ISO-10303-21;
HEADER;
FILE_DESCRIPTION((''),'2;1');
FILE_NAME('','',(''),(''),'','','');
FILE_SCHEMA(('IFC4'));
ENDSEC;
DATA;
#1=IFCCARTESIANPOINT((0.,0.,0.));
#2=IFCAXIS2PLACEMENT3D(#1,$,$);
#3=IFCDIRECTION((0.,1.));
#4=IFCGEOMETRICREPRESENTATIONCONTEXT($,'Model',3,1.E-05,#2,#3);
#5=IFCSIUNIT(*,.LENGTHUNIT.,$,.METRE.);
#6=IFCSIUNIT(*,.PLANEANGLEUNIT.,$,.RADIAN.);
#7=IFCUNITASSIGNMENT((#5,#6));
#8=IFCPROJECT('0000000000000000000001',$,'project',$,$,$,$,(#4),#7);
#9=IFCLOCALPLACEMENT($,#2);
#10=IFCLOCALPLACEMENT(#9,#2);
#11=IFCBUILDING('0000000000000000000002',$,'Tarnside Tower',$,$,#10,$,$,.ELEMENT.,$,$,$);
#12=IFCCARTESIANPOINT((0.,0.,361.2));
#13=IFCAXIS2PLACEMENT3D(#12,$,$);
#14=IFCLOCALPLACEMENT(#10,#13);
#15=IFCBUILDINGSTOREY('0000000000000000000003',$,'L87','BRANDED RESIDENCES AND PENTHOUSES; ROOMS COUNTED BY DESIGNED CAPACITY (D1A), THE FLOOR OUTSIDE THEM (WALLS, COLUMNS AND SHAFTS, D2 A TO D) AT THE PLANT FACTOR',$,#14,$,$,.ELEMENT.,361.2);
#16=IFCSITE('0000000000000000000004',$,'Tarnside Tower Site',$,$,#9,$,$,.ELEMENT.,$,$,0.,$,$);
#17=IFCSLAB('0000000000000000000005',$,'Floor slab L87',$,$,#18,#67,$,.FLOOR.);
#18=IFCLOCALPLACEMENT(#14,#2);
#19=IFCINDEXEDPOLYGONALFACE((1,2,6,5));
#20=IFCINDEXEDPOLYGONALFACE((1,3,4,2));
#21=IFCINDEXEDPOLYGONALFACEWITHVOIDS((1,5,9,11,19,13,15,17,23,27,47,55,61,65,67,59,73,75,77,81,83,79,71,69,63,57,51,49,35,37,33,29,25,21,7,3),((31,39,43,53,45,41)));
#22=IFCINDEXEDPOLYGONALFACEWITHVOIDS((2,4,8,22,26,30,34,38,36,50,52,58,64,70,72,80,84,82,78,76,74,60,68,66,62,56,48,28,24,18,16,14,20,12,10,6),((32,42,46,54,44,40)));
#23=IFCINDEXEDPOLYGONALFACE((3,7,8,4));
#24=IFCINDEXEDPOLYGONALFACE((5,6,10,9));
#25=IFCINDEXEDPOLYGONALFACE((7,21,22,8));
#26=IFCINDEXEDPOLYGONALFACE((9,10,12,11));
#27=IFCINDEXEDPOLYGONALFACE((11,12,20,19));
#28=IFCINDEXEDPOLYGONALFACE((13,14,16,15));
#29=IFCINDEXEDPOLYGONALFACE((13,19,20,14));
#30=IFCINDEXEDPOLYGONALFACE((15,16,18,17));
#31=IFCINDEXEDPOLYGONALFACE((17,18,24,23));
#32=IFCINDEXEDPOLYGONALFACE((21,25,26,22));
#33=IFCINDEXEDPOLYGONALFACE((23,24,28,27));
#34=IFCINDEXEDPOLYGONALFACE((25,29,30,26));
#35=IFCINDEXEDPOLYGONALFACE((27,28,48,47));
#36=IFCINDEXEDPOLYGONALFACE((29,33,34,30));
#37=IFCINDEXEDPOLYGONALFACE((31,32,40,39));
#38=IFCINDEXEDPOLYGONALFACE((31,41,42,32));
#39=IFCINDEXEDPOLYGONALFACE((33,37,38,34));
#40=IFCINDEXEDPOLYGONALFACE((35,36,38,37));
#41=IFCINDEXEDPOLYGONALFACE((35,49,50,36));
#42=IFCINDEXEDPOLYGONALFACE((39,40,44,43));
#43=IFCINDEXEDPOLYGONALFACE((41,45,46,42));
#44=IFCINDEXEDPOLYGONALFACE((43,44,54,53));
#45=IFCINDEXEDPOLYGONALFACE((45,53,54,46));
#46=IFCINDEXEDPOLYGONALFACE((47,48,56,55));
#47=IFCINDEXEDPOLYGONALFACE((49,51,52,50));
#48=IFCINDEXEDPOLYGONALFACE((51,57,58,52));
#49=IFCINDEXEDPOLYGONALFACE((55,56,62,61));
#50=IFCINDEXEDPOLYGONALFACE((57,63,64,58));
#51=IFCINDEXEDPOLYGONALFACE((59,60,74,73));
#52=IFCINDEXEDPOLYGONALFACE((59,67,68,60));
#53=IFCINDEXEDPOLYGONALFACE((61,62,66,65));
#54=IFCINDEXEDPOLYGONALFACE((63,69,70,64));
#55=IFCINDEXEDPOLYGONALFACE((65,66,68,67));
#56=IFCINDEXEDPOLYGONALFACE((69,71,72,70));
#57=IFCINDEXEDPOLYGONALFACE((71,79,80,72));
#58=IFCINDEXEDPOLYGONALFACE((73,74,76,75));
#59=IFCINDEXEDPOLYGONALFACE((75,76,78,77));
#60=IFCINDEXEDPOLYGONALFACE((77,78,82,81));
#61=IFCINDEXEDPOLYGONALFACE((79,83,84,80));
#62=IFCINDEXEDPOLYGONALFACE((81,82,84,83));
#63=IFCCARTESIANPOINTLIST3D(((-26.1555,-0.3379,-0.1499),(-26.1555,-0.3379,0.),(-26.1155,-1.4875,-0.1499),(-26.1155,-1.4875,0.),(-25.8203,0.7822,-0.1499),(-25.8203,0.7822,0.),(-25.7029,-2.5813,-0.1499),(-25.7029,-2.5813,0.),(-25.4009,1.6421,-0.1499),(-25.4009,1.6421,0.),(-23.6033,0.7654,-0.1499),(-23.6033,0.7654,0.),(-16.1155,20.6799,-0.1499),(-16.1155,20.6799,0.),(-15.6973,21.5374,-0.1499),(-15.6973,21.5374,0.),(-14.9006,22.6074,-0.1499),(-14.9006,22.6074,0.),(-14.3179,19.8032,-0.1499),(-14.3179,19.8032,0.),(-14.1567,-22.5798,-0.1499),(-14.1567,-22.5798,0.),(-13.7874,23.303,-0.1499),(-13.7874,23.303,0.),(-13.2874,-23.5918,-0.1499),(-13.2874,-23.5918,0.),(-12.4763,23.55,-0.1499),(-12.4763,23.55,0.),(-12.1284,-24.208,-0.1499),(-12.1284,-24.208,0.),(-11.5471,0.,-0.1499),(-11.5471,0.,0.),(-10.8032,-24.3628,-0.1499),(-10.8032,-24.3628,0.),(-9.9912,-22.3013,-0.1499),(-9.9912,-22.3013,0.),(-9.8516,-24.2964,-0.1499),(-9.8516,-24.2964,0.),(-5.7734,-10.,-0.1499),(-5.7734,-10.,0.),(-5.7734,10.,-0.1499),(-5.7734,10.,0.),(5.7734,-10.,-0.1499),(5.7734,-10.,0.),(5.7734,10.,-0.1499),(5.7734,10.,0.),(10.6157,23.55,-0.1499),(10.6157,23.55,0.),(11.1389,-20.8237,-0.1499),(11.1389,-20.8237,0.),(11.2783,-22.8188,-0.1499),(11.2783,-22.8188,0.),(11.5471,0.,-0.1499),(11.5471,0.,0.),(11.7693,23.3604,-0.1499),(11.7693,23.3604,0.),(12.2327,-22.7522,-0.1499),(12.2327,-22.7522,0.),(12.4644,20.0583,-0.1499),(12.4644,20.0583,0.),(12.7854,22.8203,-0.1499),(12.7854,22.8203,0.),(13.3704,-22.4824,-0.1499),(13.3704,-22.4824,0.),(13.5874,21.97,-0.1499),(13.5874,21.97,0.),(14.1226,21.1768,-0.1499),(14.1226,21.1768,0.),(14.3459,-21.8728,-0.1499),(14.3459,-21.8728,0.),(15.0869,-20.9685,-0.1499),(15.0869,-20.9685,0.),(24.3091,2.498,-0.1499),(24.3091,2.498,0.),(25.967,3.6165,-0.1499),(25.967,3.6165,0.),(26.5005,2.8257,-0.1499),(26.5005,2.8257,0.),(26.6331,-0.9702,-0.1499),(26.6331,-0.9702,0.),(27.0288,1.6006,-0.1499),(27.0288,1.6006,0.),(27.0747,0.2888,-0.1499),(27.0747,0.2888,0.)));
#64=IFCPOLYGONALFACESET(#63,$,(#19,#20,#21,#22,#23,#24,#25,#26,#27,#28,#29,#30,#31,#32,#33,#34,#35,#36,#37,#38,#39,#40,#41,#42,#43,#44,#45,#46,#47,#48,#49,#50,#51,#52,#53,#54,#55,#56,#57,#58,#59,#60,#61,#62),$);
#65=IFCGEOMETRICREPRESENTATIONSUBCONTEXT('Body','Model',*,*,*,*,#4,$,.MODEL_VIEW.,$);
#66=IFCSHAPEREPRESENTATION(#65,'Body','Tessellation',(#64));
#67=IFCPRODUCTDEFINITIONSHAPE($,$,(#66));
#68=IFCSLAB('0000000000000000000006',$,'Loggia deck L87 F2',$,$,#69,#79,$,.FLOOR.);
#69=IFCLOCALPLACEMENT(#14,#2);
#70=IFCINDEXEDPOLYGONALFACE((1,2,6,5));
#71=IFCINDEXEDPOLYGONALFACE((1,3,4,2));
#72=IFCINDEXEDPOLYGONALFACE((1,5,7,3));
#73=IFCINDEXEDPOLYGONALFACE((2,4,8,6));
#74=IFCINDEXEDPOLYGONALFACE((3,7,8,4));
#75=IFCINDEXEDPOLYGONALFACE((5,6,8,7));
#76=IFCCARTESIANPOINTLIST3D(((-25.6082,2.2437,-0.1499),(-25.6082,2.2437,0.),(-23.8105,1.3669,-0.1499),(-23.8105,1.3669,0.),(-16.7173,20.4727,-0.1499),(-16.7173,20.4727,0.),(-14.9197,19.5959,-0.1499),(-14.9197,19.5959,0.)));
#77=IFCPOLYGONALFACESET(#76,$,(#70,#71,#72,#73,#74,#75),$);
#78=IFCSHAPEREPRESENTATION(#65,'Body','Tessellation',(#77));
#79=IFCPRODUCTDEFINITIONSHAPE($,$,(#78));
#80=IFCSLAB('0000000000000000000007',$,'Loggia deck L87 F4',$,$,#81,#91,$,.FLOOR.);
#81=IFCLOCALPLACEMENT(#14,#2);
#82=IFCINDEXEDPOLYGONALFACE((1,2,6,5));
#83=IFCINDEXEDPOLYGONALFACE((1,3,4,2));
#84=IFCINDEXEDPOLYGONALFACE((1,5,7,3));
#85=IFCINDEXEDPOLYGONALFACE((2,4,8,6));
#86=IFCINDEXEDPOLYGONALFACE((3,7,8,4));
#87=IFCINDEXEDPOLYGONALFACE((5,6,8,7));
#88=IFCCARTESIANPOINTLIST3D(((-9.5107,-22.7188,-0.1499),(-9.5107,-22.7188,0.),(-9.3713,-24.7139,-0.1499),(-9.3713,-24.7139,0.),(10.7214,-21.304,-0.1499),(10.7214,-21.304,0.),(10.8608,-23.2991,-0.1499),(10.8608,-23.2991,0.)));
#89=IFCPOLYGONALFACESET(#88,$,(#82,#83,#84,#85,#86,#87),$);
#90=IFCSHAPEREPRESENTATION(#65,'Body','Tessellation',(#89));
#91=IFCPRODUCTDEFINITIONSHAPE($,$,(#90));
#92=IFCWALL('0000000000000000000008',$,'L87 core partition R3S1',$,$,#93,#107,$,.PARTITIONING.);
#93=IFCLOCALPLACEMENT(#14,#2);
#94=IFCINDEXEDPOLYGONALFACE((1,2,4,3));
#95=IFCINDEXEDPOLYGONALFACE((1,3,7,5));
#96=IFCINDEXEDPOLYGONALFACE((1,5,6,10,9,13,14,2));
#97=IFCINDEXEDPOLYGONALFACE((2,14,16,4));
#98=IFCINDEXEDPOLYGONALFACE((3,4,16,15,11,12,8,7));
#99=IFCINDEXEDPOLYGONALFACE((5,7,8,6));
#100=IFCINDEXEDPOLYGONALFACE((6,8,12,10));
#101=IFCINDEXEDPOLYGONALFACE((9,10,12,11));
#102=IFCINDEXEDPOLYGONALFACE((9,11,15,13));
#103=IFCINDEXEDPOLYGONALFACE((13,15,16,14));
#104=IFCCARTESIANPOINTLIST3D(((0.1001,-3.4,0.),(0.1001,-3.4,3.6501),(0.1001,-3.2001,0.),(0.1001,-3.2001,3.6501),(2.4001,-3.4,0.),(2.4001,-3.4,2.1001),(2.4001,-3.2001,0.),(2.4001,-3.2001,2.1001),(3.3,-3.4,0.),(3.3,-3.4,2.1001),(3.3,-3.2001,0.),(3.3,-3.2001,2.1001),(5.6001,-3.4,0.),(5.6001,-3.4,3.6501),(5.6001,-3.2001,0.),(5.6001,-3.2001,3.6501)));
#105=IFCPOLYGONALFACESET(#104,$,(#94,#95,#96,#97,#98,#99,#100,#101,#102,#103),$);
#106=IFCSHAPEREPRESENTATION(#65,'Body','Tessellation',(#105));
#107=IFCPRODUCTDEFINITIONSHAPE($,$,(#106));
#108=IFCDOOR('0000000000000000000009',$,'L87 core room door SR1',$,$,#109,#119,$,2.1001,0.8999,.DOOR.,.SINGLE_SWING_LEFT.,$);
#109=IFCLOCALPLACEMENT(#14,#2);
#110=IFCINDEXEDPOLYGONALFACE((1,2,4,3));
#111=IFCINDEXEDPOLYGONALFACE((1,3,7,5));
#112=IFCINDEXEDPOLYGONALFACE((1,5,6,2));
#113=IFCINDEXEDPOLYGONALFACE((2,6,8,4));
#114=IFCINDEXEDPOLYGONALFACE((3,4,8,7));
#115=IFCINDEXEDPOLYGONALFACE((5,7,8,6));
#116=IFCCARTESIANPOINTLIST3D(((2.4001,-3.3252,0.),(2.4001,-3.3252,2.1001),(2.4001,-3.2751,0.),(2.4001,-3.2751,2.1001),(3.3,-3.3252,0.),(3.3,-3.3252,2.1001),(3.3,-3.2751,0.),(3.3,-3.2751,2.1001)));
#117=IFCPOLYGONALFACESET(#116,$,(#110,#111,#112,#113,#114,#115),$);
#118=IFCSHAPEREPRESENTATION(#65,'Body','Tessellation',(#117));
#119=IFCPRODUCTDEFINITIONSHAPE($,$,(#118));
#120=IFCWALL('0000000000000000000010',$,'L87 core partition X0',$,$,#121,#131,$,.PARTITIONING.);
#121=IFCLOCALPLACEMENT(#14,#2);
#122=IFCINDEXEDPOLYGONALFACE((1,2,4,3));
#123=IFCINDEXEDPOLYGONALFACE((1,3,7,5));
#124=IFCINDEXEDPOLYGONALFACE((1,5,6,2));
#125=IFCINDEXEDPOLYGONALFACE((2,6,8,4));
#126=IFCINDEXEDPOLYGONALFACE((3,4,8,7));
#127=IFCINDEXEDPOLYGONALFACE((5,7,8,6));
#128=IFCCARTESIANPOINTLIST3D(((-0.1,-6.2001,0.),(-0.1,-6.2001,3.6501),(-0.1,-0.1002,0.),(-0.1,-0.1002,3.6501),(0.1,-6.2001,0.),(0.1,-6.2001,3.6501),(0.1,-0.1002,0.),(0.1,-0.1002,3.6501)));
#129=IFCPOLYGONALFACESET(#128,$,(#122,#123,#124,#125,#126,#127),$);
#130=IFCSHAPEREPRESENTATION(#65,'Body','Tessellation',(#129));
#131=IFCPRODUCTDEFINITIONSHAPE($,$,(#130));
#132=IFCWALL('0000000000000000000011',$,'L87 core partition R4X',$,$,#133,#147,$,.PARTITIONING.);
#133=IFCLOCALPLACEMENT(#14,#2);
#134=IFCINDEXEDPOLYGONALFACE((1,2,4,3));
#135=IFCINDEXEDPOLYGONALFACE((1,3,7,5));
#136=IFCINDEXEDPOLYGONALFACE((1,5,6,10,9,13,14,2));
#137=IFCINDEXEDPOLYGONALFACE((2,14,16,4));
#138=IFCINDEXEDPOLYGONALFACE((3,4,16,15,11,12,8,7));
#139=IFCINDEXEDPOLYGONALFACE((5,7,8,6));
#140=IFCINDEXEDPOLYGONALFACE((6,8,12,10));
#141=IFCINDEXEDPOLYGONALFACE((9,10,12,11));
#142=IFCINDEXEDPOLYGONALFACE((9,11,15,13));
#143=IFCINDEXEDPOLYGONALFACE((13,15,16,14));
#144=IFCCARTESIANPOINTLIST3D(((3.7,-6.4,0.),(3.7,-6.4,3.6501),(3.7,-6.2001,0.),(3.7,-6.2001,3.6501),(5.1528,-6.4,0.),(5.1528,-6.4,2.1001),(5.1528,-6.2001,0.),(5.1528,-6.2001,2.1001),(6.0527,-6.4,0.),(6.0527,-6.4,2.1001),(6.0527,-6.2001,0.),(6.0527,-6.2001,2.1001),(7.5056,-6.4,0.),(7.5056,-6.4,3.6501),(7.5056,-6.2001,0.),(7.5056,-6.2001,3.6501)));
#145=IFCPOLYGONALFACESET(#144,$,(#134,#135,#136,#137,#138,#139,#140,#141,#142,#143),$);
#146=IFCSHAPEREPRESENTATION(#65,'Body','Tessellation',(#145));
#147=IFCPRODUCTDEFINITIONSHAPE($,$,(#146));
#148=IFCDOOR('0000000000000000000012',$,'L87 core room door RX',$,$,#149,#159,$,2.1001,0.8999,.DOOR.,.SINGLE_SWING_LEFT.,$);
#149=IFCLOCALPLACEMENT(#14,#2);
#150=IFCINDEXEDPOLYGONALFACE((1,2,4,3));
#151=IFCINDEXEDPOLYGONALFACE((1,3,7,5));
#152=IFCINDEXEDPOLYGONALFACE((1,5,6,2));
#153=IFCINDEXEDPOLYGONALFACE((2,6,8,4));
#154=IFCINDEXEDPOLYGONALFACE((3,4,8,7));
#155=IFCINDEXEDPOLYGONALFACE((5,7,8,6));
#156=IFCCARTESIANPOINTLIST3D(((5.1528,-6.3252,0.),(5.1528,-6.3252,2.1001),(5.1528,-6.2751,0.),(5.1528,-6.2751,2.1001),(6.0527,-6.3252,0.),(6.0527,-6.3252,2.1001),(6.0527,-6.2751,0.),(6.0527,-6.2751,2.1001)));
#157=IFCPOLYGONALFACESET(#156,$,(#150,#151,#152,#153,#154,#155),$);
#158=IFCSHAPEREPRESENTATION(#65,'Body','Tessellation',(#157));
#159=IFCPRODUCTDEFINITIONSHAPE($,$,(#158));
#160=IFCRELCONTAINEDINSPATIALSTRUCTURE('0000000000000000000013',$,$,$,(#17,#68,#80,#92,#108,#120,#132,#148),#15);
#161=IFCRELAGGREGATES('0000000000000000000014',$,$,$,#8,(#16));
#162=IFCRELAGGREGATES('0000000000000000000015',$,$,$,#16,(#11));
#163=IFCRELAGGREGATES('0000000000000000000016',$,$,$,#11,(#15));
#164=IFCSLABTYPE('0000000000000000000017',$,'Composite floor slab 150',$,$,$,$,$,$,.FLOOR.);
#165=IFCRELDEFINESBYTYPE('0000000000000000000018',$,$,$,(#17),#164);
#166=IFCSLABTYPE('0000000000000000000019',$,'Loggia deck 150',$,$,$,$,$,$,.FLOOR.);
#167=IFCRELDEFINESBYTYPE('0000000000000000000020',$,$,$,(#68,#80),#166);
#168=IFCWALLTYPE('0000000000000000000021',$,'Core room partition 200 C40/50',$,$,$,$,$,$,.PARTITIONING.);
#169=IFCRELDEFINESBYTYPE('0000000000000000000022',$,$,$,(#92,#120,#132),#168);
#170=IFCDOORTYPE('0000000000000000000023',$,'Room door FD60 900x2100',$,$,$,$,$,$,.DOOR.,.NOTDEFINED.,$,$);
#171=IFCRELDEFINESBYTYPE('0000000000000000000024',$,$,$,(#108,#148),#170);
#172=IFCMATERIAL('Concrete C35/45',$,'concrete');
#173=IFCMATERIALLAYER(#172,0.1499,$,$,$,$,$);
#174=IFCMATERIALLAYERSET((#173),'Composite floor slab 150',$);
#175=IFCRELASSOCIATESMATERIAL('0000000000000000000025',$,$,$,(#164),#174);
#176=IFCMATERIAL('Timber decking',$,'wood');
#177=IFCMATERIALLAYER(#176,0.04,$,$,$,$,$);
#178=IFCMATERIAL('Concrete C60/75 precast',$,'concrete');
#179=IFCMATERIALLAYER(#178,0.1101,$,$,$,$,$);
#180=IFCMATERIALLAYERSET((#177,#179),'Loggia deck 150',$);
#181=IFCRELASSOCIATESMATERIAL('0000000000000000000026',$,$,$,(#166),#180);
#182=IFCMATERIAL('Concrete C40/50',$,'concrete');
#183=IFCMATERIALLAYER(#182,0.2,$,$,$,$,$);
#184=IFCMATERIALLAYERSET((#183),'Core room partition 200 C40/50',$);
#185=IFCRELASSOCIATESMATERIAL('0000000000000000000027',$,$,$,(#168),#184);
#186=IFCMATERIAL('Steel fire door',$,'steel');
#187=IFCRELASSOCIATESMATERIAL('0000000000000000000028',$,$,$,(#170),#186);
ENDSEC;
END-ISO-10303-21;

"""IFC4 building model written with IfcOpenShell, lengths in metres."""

from ifc_helpers import new_model, si_unit, direction, frame, frame_2d, origin, place, context, subcontext, project, spatial, polyline, rectangle, outline, extrude, material, layer, layer_set, type_object, element, fill, save


model = new_model("IFC4")

# Units and contexts
model_context = context("Model", 3, precision=1e-05, world=origin(), true_north=direction((0.0, 1.0)))
body_context = subcontext(model_context, "Body", "Model", "MODEL_VIEW")
ifc_project = project(units=[si_unit("LENGTHUNIT", "METRE"), si_unit("PLANEANGLEUNIT", "RADIAN")], contexts=[model_context])

# Site, building, storey
site_placement = place(None, origin())
site = spatial("IfcSite", under=ifc_project, at=site_placement, Name="Tarnside Tower Site", CompositionType="ELEMENT", RefElevation=0.0)
building_placement = place(site_placement, origin())
building = spatial("IfcBuilding", under=site, at=building_placement, Name="Tarnside Tower", CompositionType="ELEMENT")
storey_placement = place(building_placement, frame((0.0, 0.0, 361.2)))
storey = spatial("IfcBuildingStorey", under=building, at=storey_placement, Name="L87", Description="BRANDED RESIDENCES AND PENTHOUSES; ROOMS COUNTED BY DESIGNED CAPACITY (D1A), THE FLOOR OUTSIDE THEM (WALLS, COLUMNS AND SHAFTS, D2 A TO D) AT THE PLANT FACTOR", CompositionType="ELEMENT", Elevation=361.2)

# Slabs
ifc_material_1 = material(Name="Concrete C35/45", Category="concrete")
ifc_layer_1 = layer(ifc_material_1, 0.1499)
ifc_layer_set_1 = layer_set([ifc_layer_1], Name="Composite floor slab 150")
slab_type_1 = type_object("IfcSlabType", Name="Composite floor slab 150", PredefinedType="FLOOR", material=ifc_layer_set_1)
slab_1_placement = place(storey_placement, frame((0.0, 0.0, -0.1499)))
element("IfcSlab", 1, at=slab_1_placement, inside=storey, type_object=slab_type_1, Name="Floor slab L87", PredefinedType="FLOOR", context=body_context, shape_type="SweptSolid", body=[
    extrude(outline(polyline([(11.7693, 23.3604), (12.7854, 22.8203), (13.5874, 21.97), (14.1226, 21.1768), (12.4644, 20.0583), (24.3091, 2.498), (25.967, 3.6165), (26.5005, 2.8257), (27.0288, 1.6006), (27.0747, 0.2888), (26.6331, -0.9702), (15.0869, -20.9685), (14.3459, -21.8728), (13.3704, -22.4824), (12.2327, -22.7522), (11.2783, -22.8188), (11.1389, -20.8237), (-9.9912, -22.3013), (-9.8516, -24.2964), (-10.8032, -24.3628), (-12.1284, -24.208), (-13.2874, -23.5918), (-14.1567, -22.5798), (-25.7029, -2.5813), (-26.1155, -1.4875), (-26.1555, -0.3379), (-25.8203, 0.7822), (-25.4009, 1.6421), (-23.6033, 0.7654), (-14.3179, 19.8032), (-16.1155, 20.6799), (-15.6973, 21.5374), (-14.9006, 22.6074), (-13.7874, 23.303), (-12.4763, 23.55), (10.6157, 23.55), (11.7693, 23.3604)]), holes=[polyline([(-11.5471, 0.0), (-5.7734, -10.0), (5.7734, -10.0), (11.5471, 0.0), (5.7734, 10.0), (-5.7734, 10.0), (-11.5471, 0.0)])]), origin(), (0.0, 0.0, 1.0), 0.1499),
])
ifc_material_2 = material(Name="Timber decking", Category="wood")
ifc_layer_2 = layer(ifc_material_2, 0.04)
ifc_material_3 = material(Name="Concrete C60/75 precast", Category="concrete")
ifc_layer_3 = layer(ifc_material_3, 0.1101)
ifc_layer_set_2 = layer_set([ifc_layer_2, ifc_layer_3], Name="Loggia deck 150")
slab_type_2 = type_object("IfcSlabType", Name="Loggia deck 150", PredefinedType="FLOOR", material=ifc_layer_set_2)
slab_2_placement = place(storey_placement, frame((0.0, 0.0, -0.1499)))
element("IfcSlab", 2, at=slab_2_placement, inside=storey, type_object=slab_type_2, Name="Loggia deck L87 F2", PredefinedType="FLOOR", context=body_context, shape_type="SweptSolid", body=[
    extrude(outline(polyline([(-14.9197, 19.5959), (-23.8105, 1.3669), (-25.6082, 2.2437), (-16.7173, 20.4727), (-14.9197, 19.5959)])), origin(), (0.0, 0.0, 1.0), 0.1499),
])
slab_3_placement = place(storey_placement, frame((0.0, 0.0, -0.1499)))
element("IfcSlab", 3, at=slab_3_placement, inside=storey, type_object=slab_type_2, Name="Loggia deck L87 F4", PredefinedType="FLOOR", context=body_context, shape_type="SweptSolid", body=[
    extrude(outline(polyline([(-9.5107, -22.7188), (10.7214, -21.304), (10.8608, -23.2991), (-9.3713, -24.7139), (-9.5107, -22.7188)])), origin(), (0.0, 0.0, 1.0), 0.1499),
])

# Wall, opening, door
ifc_material_4 = material(Name="Concrete C40/50", Category="concrete")
ifc_layer_4 = layer(ifc_material_4, 0.2)
ifc_layer_set_3 = layer_set([ifc_layer_4], Name="Core room partition 200 C40/50")
wall_type_1 = type_object("IfcWallType", Name="Core room partition 200 C40/50", PredefinedType="PARTITIONING", material=ifc_layer_set_3)
wall_1_placement = place(storey_placement, frame((0.1001, -3.3, 0.0), z_axis=(0.0, 0.0, 1.0), x_axis=(1.0, 0.0, 0.0)))
wall_1 = element("IfcWall", 4, at=wall_1_placement, inside=storey, type_object=wall_type_1, Name="L87 core partition R3S1", PredefinedType="PARTITIONING", context=body_context, shape_type="SweptSolid", body=[
    extrude(rectangle(XDim=5.5, YDim=0.2, at=frame_2d((2.75, 0.0))), origin(), (0.0, 0.0, 1.0), 3.6501),
])
opening_1_placement = place(wall_1_placement, frame((2.3, 0.0, 0.0)))
opening_1 = element("IfcOpeningElement", 5, at=opening_1_placement, cuts=wall_1, PredefinedType="OPENING", context=body_context, shape_type="SweptSolid", body=[
    extrude(rectangle(XDim=0.8999, YDim=2.1001, at=frame_2d((0.45, 1.05))), frame((0.0, 0.1099, 0.0), z_axis=(0.0, -1.0, 0.0), x_axis=(1.0, 0.0, 0.0)), (0.0, 0.0, 1.0), 0.22),
])
ifc_material_5 = material(Name="Steel fire door", Category="steel")
door_type_1 = type_object("IfcDoorType", Name="Room door FD60 900x2100", OperationType="NOTDEFINED", PredefinedType="DOOR", material=ifc_material_5)
door_1_placement = place(opening_1_placement, origin())
door_1 = element("IfcDoor", 6, at=door_1_placement, inside=storey, type_object=door_type_1, Name="L87 core room door SR1", OperationType="SINGLE_SWING_LEFT", OverallHeight=2.1001, OverallWidth=0.8999, PredefinedType="DOOR", context=body_context, shape_type="SweptSolid", body=[
    extrude(rectangle(XDim=0.8999, YDim=2.1001, at=frame_2d((0.45, 1.05))), frame((0.0, 0.0249, 0.0), z_axis=(0.0, -1.0, 0.0), x_axis=(1.0, 0.0, 0.0)), (0.0, 0.0, 1.0), 0.05),
])
fill(opening_1, door_1)

# Wall
wall_2_placement = place(storey_placement, frame((0.0, -6.2, 0.0), z_axis=(0.0, 0.0, 1.0), x_axis=(0.0, 1.0, 0.0)))
element("IfcWall", 7, at=wall_2_placement, inside=storey, type_object=wall_type_1, Name="L87 core partition X0", PredefinedType="PARTITIONING", context=body_context, shape_type="SweptSolid", body=[
    extrude(rectangle(XDim=6.0999, YDim=0.2, at=frame_2d((3.0498, 0.0))), origin(), (0.0, 0.0, 1.0), 3.6501),
])

# Wall, opening, door
wall_3_placement = place(storey_placement, frame((3.7, -6.3, 0.0), z_axis=(0.0, 0.0, 1.0), x_axis=(1.0, 0.0, 0.0)))
wall_3 = element("IfcWall", 8, at=wall_3_placement, inside=storey, type_object=wall_type_1, Name="L87 core partition R4X", PredefinedType="PARTITIONING", context=body_context, shape_type="SweptSolid", body=[
    extrude(rectangle(XDim=3.8057, YDim=0.2, at=frame_2d((1.9028, 0.0))), origin(), (0.0, 0.0, 1.0), 3.6501),
])
opening_2_placement = place(wall_3_placement, frame((1.4529, 0.0, 0.0)))
opening_2 = element("IfcOpeningElement", 9, at=opening_2_placement, cuts=wall_3, PredefinedType="OPENING", context=body_context, shape_type="SweptSolid", body=[
    extrude(rectangle(XDim=0.8999, YDim=2.1001, at=frame_2d((0.45, 1.05))), frame((0.0, 0.1099, 0.0), z_axis=(0.0, -1.0, 0.0), x_axis=(1.0, 0.0, 0.0)), (0.0, 0.0, 1.0), 0.22),
])
door_2_placement = place(opening_2_placement, origin())
door_2 = element("IfcDoor", 10, at=door_2_placement, inside=storey, type_object=door_type_1, Name="L87 core room door RX", OperationType="SINGLE_SWING_LEFT", OverallHeight=2.1001, OverallWidth=0.8999, PredefinedType="DOOR", context=body_context, shape_type="SweptSolid", body=[
    extrude(rectangle(XDim=0.8999, YDim=2.1001, at=frame_2d((0.45, 1.05))), frame((0.0, 0.0249, 0.0), z_axis=(0.0, -1.0, 0.0), x_axis=(1.0, 0.0, 0.0)), (0.0, 0.0, 1.0), 0.05),
])
fill(opening_2, door_2)

save(model, "model.ifc")
